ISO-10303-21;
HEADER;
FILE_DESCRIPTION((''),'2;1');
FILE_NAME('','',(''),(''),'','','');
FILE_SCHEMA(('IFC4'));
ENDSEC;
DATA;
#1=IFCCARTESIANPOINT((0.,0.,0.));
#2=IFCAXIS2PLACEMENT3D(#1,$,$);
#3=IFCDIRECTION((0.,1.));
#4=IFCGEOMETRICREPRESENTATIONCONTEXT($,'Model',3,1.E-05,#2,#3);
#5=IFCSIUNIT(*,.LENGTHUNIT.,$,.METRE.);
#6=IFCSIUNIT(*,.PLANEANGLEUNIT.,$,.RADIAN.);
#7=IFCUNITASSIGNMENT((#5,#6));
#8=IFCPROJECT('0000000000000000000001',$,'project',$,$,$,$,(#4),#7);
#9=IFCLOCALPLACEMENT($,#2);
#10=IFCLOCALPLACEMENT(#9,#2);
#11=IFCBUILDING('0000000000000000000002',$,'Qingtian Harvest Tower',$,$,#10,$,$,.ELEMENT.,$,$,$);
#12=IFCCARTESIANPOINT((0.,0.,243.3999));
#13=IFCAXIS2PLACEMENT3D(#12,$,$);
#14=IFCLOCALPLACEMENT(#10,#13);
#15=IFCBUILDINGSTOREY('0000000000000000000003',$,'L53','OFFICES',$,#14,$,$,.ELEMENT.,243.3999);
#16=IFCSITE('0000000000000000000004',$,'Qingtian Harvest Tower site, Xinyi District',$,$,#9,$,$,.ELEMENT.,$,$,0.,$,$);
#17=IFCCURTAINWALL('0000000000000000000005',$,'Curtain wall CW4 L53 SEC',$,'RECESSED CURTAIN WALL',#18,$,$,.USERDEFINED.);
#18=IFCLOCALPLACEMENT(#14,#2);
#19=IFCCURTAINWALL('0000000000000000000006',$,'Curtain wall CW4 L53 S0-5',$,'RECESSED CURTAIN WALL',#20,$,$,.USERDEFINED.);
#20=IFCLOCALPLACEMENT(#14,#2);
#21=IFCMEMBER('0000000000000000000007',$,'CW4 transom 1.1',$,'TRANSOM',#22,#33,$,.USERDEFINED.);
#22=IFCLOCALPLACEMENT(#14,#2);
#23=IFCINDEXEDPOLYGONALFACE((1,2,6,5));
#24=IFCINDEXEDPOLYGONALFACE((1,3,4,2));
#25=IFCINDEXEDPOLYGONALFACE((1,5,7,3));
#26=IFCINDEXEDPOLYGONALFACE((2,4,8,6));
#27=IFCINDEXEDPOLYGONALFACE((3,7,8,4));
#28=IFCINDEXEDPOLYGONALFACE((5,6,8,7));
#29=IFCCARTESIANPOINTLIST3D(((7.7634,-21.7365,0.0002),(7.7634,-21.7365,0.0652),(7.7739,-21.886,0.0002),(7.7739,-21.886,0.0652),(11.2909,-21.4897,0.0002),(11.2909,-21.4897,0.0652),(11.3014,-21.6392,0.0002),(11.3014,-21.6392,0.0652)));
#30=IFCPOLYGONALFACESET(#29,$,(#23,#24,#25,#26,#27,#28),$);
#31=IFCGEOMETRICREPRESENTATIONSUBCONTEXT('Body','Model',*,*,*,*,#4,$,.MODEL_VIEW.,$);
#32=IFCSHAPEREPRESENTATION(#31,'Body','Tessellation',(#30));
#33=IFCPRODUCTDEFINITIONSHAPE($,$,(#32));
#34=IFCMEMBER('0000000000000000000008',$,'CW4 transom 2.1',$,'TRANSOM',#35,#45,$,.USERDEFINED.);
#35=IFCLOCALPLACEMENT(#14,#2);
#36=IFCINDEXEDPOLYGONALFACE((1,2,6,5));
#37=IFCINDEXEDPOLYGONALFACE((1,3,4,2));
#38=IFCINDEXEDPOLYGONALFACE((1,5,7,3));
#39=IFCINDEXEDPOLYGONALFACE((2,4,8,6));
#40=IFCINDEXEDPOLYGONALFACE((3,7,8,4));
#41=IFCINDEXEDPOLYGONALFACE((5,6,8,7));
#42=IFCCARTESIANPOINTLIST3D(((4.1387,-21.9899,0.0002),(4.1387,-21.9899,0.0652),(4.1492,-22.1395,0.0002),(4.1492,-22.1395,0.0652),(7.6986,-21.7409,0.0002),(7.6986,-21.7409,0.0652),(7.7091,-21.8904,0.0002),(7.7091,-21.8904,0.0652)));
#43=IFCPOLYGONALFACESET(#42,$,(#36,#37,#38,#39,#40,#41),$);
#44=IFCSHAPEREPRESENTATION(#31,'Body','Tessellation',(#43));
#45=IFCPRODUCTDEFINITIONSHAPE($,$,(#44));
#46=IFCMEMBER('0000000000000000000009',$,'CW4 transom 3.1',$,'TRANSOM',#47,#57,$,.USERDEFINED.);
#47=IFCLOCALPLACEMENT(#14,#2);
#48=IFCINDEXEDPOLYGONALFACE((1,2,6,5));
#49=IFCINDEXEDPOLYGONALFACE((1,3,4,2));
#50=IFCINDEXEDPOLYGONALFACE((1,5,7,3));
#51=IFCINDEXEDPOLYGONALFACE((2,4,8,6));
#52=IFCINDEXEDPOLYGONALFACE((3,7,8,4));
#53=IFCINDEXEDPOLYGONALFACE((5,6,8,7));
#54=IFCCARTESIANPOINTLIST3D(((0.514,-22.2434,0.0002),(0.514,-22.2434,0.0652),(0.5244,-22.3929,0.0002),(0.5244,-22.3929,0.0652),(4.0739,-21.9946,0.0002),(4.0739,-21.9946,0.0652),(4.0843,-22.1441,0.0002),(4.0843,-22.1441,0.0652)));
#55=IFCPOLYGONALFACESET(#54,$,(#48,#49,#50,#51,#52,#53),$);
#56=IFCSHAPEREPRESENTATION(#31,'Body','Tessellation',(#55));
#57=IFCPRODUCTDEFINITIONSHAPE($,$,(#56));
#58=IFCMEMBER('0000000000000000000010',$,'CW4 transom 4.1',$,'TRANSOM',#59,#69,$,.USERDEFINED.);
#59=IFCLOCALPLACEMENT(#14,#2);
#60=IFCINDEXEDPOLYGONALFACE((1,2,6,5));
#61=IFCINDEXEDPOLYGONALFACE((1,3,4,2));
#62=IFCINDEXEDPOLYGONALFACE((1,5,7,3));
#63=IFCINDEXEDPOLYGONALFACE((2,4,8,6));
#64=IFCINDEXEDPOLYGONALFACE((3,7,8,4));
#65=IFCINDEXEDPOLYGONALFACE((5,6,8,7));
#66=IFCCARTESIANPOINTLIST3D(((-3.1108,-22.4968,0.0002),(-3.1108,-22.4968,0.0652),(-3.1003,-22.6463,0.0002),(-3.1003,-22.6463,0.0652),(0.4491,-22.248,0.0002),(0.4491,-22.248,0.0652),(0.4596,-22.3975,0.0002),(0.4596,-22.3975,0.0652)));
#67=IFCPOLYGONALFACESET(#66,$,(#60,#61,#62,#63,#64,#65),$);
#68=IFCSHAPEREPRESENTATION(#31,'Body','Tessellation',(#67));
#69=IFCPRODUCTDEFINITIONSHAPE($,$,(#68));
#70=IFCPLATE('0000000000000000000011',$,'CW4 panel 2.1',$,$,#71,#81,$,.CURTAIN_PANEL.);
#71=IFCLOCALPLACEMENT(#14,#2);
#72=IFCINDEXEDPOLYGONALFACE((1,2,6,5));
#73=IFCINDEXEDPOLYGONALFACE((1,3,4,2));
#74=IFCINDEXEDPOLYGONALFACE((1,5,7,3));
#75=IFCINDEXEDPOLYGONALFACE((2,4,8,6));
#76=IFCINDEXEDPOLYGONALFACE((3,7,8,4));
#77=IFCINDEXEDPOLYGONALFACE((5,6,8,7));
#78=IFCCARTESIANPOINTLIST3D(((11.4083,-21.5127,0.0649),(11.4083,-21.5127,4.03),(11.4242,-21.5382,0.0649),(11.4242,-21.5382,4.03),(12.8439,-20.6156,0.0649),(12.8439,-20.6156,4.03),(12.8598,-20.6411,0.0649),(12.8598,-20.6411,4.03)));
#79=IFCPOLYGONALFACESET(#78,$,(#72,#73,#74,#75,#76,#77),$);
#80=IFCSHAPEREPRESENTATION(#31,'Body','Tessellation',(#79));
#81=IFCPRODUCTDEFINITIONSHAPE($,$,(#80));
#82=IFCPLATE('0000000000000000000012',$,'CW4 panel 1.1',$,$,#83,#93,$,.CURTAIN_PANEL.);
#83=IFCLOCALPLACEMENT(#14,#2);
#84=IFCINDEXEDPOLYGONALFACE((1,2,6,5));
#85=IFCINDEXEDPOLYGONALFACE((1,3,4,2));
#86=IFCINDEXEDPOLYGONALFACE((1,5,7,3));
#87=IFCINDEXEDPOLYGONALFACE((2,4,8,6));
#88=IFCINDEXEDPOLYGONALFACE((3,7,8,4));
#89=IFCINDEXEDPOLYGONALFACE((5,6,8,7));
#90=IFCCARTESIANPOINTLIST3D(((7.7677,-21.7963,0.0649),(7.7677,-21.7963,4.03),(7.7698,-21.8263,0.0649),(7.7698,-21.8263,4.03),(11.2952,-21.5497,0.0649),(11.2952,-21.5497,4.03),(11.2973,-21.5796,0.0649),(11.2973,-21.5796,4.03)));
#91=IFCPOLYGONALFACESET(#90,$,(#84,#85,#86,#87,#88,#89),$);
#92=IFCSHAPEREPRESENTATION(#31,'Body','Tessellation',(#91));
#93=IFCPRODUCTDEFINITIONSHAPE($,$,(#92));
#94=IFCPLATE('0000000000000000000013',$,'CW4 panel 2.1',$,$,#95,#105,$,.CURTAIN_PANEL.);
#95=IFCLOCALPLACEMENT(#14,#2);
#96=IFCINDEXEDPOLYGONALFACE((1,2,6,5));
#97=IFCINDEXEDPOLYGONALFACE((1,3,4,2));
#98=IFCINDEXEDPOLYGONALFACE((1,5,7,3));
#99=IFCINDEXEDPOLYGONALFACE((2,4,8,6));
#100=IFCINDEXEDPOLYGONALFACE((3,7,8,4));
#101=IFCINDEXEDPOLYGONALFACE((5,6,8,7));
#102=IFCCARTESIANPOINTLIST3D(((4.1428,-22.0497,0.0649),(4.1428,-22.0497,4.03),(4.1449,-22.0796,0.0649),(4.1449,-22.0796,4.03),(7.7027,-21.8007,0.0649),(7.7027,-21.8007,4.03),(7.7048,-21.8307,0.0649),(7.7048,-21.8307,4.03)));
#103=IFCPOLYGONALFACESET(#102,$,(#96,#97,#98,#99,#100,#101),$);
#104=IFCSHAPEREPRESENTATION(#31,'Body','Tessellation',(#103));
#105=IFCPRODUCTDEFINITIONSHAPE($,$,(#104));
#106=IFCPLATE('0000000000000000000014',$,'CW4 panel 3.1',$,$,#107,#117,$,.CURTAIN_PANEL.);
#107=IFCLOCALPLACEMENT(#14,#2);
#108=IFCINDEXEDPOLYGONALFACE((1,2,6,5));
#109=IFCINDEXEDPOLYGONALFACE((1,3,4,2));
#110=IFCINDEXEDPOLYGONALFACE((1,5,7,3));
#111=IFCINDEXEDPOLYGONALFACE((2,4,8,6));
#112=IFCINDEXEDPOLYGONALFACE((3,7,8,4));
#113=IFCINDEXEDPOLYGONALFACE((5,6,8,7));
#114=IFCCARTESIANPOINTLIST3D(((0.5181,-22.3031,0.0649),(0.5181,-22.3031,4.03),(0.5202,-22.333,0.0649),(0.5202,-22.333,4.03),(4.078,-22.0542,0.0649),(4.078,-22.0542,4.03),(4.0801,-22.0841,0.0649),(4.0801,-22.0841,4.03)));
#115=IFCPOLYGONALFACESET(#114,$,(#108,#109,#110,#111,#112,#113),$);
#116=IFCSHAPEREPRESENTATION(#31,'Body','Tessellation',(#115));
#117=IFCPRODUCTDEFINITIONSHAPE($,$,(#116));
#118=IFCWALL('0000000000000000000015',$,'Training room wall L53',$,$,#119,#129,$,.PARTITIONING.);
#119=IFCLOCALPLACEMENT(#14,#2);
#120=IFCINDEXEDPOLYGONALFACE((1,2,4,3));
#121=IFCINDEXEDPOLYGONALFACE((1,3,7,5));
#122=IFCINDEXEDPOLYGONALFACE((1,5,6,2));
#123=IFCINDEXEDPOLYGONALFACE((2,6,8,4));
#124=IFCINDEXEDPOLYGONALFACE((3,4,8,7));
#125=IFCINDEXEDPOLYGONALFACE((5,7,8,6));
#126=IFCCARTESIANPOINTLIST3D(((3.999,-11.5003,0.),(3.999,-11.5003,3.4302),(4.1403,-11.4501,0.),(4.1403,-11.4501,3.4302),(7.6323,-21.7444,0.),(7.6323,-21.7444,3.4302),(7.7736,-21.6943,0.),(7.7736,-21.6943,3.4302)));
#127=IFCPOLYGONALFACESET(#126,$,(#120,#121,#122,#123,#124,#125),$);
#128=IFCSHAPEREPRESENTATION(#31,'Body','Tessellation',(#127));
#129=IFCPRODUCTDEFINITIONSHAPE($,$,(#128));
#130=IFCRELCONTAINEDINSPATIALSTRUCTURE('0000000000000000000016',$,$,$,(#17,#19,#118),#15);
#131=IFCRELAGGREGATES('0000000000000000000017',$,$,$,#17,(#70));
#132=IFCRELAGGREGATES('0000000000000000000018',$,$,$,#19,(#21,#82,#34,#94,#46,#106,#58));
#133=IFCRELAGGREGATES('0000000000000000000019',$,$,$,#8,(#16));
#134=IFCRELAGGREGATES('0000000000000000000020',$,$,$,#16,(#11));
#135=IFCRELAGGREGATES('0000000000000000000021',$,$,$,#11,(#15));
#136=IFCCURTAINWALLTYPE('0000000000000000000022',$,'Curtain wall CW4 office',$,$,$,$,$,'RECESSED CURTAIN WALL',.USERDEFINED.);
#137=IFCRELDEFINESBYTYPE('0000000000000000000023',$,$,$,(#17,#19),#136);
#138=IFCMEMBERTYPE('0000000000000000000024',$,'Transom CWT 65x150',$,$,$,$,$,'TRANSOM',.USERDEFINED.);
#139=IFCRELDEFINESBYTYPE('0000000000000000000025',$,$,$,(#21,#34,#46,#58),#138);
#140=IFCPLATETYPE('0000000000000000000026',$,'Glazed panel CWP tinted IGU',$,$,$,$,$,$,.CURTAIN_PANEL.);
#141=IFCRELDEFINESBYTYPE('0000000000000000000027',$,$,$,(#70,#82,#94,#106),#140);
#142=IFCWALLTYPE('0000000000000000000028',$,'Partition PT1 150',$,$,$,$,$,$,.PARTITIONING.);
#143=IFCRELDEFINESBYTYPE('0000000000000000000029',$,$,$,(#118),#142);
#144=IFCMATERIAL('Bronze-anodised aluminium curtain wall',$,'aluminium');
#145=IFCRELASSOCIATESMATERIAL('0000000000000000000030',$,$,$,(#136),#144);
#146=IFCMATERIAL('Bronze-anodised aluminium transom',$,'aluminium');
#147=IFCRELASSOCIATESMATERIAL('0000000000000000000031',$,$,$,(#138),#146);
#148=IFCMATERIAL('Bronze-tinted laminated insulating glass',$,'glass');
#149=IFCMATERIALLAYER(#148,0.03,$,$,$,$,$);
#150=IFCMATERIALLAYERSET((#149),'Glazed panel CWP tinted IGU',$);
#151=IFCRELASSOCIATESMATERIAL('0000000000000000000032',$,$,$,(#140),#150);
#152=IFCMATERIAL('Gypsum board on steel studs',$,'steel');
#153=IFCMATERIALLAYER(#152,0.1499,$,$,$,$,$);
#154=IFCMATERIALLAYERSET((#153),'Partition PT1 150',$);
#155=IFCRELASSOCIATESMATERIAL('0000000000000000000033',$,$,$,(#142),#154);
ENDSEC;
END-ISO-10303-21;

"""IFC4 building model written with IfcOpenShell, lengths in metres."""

from ifc_helpers import new_model, si_unit, direction, frame, frame_2d, origin, origin_2d, place, context, subcontext, project, spatial, rectangle, extrude, material, layer, layer_set, material_profile, profile_set, type_object, element, aggregate, save


model = new_model("IFC4")

# Units and contexts
model_context = context("Model", 3, precision=1e-05, world=origin(), true_north=direction((0.0, 1.0)))
body_context = subcontext(model_context, "Body", "Model", "MODEL_VIEW")
ifc_project = project(units=[si_unit("LENGTHUNIT", "METRE"), si_unit("PLANEANGLEUNIT", "RADIAN")], contexts=[model_context])

# Site, building, storey
site_placement = place(None, origin())
site = spatial("IfcSite", under=ifc_project, at=site_placement, Name="Qingtian Harvest Tower site, Xinyi District", CompositionType="ELEMENT", RefElevation=0.0)
building_placement = place(site_placement, origin())
building = spatial("IfcBuilding", under=site, at=building_placement, Name="Qingtian Harvest Tower", CompositionType="ELEMENT")
storey_placement = place(building_placement, frame((0.0, 0.0, 243.3999)))
storey = spatial("IfcBuildingStorey", under=building, at=storey_placement, Name="L53", Description="OFFICES", CompositionType="ELEMENT", Elevation=243.3999)

# Curtain wall
ifc_material_1 = material(Name="Bronze-anodised aluminium curtain wall", Category="aluminium")
curtain_wall_type = type_object("IfcCurtainWallType", Name="Curtain wall CW4 office", ElementType="RECESSED CURTAIN WALL", PredefinedType="USERDEFINED", material=ifc_material_1)
curtain_wall_1_placement = place(storey_placement, origin())
curtain_wall_1 = element("IfcCurtainWall", 1, at=curtain_wall_1_placement, inside=storey, type_object=curtain_wall_type, Name="Curtain wall CW4 L53 SEC", ObjectType="RECESSED CURTAIN WALL", PredefinedType="USERDEFINED")

# Curtain wall
curtain_wall_2_placement = place(storey_placement, origin())
curtain_wall_2 = element("IfcCurtainWall", 2, at=curtain_wall_2_placement, inside=storey, type_object=curtain_wall_type, Name="Curtain wall CW4 L53 S0-5", ObjectType="RECESSED CURTAIN WALL", PredefinedType="USERDEFINED")

# Members
ifc_material_2 = material(Name="Bronze-anodised aluminium transom", Category="aluminium")
ifc_material_profile_1 = material_profile(ifc_material_2, rectangle(XDim=0.1499, YDim=0.0649, at=origin_2d()), Name="AL 65x150")
ifc_profile_set_1 = profile_set([ifc_material_profile_1], Name="Bronze-anodised aluminium transom")
member_type_1 = type_object("IfcMemberType", Name="Transom CWT 65x150", ElementType="TRANSOM", PredefinedType="USERDEFINED", material=ifc_profile_set_1)
member_1_placement = place(storey_placement, frame((11.2961, -21.5645, 0.0327), z_axis=(-0.997561, -0.0698, 0.0), x_axis=(0.0698, -0.997561, 0.0)))
member_1 = element("IfcMember", 3, at=member_1_placement, type_object=member_type_1, Name="CW4 transom 1.1", ObjectType="TRANSOM", PredefinedType="USERDEFINED", context=body_context, shape_type="SweptSolid", body=[
    extrude(rectangle(XDim=0.1499, YDim=0.0649, at=origin_2d()), origin(), (0.0, 0.0, 1.0), 3.5361),
])
member_2_placement = place(storey_placement, frame((7.7039, -21.8157, 0.0327), z_axis=(-0.997562, -0.069784, 0.0), x_axis=(0.069784, -0.997562, 0.0)))
member_2 = element("IfcMember", 4, at=member_2_placement, type_object=member_type_1, Name="CW4 transom 2.1", ObjectType="TRANSOM", PredefinedType="USERDEFINED", context=body_context, shape_type="SweptSolid", body=[
    extrude(rectangle(XDim=0.1499, YDim=0.0649, at=origin_2d()), origin(), (0.0, 0.0, 1.0), 3.5686),
])
member_3_placement = place(storey_placement, frame((4.0791, -22.0693, 0.0327), z_axis=(-0.997567, -0.069715, 0.0), x_axis=(0.069715, -0.997567, 0.0)))
member_3 = element("IfcMember", 5, at=member_3_placement, type_object=member_type_1, Name="CW4 transom 3.1", ObjectType="TRANSOM", PredefinedType="USERDEFINED", context=body_context, shape_type="SweptSolid", body=[
    extrude(rectangle(XDim=0.1499, YDim=0.0649, at=origin_2d()), origin(), (0.0, 0.0, 1.0), 3.5686),
])
member_4_placement = place(storey_placement, frame((0.4543, -22.3228, 0.0327), z_axis=(-0.997567, -0.069715, 0.0), x_axis=(0.069715, -0.997567, 0.0)))
member_4 = element("IfcMember", 6, at=member_4_placement, type_object=member_type_1, Name="CW4 transom 4.1", ObjectType="TRANSOM", PredefinedType="USERDEFINED", context=body_context, shape_type="SweptSolid", body=[
    extrude(rectangle(XDim=0.1499, YDim=0.0649, at=origin_2d()), origin(), (0.0, 0.0, 1.0), 3.5686),
])

# Plates
ifc_material_3 = material(Name="Bronze-tinted laminated insulating glass", Category="glass")
ifc_layer_1 = layer(ifc_material_3, 0.03)
ifc_layer_set_1 = layer_set([ifc_layer_1], Name="Glazed panel CWP tinted IGU")
plate_type = type_object("IfcPlateType", Name="Glazed panel CWP tinted IGU", PredefinedType="CURTAIN_PANEL", material=ifc_layer_set_1)
plate_1_placement = place(storey_placement, frame((12.134, -21.0769, 0.0649), z_axis=(0.0, 0.0, 1.0), x_axis=(-0.848048, -0.529919, 0.0)))
plate_1 = element("IfcPlate", 7, at=plate_1_placement, type_object=plate_type, Name="CW4 panel 2.1", PredefinedType="CURTAIN_PANEL", context=body_context, shape_type="SweptSolid", body=[
    extrude(rectangle(XDim=1.6929, YDim=0.03, at=origin_2d()), origin(), (0.0, 0.0, 1.0), 3.9651),
])
aggregate(curtain_wall_1, [plate_1])
plate_2_placement = place(storey_placement, frame((9.5325, -21.688, 0.0649), z_axis=(0.0, 0.0, 1.0), x_axis=(-0.997564, -0.069756, 0.0)))
plate_2 = element("IfcPlate", 8, at=plate_2_placement, type_object=plate_type, Name="CW4 panel 1.1", PredefinedType="CURTAIN_PANEL", context=body_context, shape_type="SweptSolid", body=[
    extrude(rectangle(XDim=3.5361, YDim=0.03, at=origin_2d()), origin(), (0.0, 0.0, 1.0), 3.9651),
])
plate_3_placement = place(storey_placement, frame((5.9238, -21.9402, 0.0649), z_axis=(0.0, 0.0, 1.0), x_axis=(-0.997564, -0.069756, 0.0)))
plate_3 = element("IfcPlate", 9, at=plate_3_placement, type_object=plate_type, Name="CW4 panel 2.1", PredefinedType="CURTAIN_PANEL", context=body_context, shape_type="SweptSolid", body=[
    extrude(rectangle(XDim=3.5686, YDim=0.03, at=origin_2d()), origin(), (0.0, 0.0, 1.0), 3.9651),
])
plate_4_placement = place(storey_placement, frame((2.2991, -22.1936, 0.0649), z_axis=(0.0, 0.0, 1.0), x_axis=(-0.997564, -0.069756, 0.0)))
plate_4 = element("IfcPlate", 10, at=plate_4_placement, type_object=plate_type, Name="CW4 panel 3.1", PredefinedType="CURTAIN_PANEL", context=body_context, shape_type="SweptSolid", body=[
    extrude(rectangle(XDim=3.5686, YDim=0.03, at=origin_2d()), origin(), (0.0, 0.0, 1.0), 3.9651),
])
aggregate(curtain_wall_2, [member_1, plate_2, member_2, plate_3, member_3, plate_4, member_4])

# Wall
ifc_material_4 = material(Name="Gypsum board on steel studs", Category="steel")
ifc_layer_2 = layer(ifc_material_4, 0.1499)
ifc_layer_set_2 = layer_set([ifc_layer_2], Name="Partition PT1 150")
wall_type = type_object("IfcWallType", Name="Partition PT1 150", PredefinedType="PARTITIONING", material=ifc_layer_set_2)
wall_1_placement = place(storey_placement, frame((7.7029, -21.7192, 0.0), z_axis=(0.0, 0.0, 1.0), x_axis=(-0.33427, 0.942478, 0.0)))
element("IfcWall", 11, at=wall_1_placement, inside=storey, type_object=wall_type, Name="Training room wall L53", PredefinedType="PARTITIONING", context=body_context, shape_type="SweptSolid", body=[
    extrude(rectangle(XDim=10.8694, YDim=0.1499, at=frame_2d((5.4346, 0.0))), origin(), (0.0, 0.0, 1.0), 3.4302),
])

save(model, "model.ifc")
